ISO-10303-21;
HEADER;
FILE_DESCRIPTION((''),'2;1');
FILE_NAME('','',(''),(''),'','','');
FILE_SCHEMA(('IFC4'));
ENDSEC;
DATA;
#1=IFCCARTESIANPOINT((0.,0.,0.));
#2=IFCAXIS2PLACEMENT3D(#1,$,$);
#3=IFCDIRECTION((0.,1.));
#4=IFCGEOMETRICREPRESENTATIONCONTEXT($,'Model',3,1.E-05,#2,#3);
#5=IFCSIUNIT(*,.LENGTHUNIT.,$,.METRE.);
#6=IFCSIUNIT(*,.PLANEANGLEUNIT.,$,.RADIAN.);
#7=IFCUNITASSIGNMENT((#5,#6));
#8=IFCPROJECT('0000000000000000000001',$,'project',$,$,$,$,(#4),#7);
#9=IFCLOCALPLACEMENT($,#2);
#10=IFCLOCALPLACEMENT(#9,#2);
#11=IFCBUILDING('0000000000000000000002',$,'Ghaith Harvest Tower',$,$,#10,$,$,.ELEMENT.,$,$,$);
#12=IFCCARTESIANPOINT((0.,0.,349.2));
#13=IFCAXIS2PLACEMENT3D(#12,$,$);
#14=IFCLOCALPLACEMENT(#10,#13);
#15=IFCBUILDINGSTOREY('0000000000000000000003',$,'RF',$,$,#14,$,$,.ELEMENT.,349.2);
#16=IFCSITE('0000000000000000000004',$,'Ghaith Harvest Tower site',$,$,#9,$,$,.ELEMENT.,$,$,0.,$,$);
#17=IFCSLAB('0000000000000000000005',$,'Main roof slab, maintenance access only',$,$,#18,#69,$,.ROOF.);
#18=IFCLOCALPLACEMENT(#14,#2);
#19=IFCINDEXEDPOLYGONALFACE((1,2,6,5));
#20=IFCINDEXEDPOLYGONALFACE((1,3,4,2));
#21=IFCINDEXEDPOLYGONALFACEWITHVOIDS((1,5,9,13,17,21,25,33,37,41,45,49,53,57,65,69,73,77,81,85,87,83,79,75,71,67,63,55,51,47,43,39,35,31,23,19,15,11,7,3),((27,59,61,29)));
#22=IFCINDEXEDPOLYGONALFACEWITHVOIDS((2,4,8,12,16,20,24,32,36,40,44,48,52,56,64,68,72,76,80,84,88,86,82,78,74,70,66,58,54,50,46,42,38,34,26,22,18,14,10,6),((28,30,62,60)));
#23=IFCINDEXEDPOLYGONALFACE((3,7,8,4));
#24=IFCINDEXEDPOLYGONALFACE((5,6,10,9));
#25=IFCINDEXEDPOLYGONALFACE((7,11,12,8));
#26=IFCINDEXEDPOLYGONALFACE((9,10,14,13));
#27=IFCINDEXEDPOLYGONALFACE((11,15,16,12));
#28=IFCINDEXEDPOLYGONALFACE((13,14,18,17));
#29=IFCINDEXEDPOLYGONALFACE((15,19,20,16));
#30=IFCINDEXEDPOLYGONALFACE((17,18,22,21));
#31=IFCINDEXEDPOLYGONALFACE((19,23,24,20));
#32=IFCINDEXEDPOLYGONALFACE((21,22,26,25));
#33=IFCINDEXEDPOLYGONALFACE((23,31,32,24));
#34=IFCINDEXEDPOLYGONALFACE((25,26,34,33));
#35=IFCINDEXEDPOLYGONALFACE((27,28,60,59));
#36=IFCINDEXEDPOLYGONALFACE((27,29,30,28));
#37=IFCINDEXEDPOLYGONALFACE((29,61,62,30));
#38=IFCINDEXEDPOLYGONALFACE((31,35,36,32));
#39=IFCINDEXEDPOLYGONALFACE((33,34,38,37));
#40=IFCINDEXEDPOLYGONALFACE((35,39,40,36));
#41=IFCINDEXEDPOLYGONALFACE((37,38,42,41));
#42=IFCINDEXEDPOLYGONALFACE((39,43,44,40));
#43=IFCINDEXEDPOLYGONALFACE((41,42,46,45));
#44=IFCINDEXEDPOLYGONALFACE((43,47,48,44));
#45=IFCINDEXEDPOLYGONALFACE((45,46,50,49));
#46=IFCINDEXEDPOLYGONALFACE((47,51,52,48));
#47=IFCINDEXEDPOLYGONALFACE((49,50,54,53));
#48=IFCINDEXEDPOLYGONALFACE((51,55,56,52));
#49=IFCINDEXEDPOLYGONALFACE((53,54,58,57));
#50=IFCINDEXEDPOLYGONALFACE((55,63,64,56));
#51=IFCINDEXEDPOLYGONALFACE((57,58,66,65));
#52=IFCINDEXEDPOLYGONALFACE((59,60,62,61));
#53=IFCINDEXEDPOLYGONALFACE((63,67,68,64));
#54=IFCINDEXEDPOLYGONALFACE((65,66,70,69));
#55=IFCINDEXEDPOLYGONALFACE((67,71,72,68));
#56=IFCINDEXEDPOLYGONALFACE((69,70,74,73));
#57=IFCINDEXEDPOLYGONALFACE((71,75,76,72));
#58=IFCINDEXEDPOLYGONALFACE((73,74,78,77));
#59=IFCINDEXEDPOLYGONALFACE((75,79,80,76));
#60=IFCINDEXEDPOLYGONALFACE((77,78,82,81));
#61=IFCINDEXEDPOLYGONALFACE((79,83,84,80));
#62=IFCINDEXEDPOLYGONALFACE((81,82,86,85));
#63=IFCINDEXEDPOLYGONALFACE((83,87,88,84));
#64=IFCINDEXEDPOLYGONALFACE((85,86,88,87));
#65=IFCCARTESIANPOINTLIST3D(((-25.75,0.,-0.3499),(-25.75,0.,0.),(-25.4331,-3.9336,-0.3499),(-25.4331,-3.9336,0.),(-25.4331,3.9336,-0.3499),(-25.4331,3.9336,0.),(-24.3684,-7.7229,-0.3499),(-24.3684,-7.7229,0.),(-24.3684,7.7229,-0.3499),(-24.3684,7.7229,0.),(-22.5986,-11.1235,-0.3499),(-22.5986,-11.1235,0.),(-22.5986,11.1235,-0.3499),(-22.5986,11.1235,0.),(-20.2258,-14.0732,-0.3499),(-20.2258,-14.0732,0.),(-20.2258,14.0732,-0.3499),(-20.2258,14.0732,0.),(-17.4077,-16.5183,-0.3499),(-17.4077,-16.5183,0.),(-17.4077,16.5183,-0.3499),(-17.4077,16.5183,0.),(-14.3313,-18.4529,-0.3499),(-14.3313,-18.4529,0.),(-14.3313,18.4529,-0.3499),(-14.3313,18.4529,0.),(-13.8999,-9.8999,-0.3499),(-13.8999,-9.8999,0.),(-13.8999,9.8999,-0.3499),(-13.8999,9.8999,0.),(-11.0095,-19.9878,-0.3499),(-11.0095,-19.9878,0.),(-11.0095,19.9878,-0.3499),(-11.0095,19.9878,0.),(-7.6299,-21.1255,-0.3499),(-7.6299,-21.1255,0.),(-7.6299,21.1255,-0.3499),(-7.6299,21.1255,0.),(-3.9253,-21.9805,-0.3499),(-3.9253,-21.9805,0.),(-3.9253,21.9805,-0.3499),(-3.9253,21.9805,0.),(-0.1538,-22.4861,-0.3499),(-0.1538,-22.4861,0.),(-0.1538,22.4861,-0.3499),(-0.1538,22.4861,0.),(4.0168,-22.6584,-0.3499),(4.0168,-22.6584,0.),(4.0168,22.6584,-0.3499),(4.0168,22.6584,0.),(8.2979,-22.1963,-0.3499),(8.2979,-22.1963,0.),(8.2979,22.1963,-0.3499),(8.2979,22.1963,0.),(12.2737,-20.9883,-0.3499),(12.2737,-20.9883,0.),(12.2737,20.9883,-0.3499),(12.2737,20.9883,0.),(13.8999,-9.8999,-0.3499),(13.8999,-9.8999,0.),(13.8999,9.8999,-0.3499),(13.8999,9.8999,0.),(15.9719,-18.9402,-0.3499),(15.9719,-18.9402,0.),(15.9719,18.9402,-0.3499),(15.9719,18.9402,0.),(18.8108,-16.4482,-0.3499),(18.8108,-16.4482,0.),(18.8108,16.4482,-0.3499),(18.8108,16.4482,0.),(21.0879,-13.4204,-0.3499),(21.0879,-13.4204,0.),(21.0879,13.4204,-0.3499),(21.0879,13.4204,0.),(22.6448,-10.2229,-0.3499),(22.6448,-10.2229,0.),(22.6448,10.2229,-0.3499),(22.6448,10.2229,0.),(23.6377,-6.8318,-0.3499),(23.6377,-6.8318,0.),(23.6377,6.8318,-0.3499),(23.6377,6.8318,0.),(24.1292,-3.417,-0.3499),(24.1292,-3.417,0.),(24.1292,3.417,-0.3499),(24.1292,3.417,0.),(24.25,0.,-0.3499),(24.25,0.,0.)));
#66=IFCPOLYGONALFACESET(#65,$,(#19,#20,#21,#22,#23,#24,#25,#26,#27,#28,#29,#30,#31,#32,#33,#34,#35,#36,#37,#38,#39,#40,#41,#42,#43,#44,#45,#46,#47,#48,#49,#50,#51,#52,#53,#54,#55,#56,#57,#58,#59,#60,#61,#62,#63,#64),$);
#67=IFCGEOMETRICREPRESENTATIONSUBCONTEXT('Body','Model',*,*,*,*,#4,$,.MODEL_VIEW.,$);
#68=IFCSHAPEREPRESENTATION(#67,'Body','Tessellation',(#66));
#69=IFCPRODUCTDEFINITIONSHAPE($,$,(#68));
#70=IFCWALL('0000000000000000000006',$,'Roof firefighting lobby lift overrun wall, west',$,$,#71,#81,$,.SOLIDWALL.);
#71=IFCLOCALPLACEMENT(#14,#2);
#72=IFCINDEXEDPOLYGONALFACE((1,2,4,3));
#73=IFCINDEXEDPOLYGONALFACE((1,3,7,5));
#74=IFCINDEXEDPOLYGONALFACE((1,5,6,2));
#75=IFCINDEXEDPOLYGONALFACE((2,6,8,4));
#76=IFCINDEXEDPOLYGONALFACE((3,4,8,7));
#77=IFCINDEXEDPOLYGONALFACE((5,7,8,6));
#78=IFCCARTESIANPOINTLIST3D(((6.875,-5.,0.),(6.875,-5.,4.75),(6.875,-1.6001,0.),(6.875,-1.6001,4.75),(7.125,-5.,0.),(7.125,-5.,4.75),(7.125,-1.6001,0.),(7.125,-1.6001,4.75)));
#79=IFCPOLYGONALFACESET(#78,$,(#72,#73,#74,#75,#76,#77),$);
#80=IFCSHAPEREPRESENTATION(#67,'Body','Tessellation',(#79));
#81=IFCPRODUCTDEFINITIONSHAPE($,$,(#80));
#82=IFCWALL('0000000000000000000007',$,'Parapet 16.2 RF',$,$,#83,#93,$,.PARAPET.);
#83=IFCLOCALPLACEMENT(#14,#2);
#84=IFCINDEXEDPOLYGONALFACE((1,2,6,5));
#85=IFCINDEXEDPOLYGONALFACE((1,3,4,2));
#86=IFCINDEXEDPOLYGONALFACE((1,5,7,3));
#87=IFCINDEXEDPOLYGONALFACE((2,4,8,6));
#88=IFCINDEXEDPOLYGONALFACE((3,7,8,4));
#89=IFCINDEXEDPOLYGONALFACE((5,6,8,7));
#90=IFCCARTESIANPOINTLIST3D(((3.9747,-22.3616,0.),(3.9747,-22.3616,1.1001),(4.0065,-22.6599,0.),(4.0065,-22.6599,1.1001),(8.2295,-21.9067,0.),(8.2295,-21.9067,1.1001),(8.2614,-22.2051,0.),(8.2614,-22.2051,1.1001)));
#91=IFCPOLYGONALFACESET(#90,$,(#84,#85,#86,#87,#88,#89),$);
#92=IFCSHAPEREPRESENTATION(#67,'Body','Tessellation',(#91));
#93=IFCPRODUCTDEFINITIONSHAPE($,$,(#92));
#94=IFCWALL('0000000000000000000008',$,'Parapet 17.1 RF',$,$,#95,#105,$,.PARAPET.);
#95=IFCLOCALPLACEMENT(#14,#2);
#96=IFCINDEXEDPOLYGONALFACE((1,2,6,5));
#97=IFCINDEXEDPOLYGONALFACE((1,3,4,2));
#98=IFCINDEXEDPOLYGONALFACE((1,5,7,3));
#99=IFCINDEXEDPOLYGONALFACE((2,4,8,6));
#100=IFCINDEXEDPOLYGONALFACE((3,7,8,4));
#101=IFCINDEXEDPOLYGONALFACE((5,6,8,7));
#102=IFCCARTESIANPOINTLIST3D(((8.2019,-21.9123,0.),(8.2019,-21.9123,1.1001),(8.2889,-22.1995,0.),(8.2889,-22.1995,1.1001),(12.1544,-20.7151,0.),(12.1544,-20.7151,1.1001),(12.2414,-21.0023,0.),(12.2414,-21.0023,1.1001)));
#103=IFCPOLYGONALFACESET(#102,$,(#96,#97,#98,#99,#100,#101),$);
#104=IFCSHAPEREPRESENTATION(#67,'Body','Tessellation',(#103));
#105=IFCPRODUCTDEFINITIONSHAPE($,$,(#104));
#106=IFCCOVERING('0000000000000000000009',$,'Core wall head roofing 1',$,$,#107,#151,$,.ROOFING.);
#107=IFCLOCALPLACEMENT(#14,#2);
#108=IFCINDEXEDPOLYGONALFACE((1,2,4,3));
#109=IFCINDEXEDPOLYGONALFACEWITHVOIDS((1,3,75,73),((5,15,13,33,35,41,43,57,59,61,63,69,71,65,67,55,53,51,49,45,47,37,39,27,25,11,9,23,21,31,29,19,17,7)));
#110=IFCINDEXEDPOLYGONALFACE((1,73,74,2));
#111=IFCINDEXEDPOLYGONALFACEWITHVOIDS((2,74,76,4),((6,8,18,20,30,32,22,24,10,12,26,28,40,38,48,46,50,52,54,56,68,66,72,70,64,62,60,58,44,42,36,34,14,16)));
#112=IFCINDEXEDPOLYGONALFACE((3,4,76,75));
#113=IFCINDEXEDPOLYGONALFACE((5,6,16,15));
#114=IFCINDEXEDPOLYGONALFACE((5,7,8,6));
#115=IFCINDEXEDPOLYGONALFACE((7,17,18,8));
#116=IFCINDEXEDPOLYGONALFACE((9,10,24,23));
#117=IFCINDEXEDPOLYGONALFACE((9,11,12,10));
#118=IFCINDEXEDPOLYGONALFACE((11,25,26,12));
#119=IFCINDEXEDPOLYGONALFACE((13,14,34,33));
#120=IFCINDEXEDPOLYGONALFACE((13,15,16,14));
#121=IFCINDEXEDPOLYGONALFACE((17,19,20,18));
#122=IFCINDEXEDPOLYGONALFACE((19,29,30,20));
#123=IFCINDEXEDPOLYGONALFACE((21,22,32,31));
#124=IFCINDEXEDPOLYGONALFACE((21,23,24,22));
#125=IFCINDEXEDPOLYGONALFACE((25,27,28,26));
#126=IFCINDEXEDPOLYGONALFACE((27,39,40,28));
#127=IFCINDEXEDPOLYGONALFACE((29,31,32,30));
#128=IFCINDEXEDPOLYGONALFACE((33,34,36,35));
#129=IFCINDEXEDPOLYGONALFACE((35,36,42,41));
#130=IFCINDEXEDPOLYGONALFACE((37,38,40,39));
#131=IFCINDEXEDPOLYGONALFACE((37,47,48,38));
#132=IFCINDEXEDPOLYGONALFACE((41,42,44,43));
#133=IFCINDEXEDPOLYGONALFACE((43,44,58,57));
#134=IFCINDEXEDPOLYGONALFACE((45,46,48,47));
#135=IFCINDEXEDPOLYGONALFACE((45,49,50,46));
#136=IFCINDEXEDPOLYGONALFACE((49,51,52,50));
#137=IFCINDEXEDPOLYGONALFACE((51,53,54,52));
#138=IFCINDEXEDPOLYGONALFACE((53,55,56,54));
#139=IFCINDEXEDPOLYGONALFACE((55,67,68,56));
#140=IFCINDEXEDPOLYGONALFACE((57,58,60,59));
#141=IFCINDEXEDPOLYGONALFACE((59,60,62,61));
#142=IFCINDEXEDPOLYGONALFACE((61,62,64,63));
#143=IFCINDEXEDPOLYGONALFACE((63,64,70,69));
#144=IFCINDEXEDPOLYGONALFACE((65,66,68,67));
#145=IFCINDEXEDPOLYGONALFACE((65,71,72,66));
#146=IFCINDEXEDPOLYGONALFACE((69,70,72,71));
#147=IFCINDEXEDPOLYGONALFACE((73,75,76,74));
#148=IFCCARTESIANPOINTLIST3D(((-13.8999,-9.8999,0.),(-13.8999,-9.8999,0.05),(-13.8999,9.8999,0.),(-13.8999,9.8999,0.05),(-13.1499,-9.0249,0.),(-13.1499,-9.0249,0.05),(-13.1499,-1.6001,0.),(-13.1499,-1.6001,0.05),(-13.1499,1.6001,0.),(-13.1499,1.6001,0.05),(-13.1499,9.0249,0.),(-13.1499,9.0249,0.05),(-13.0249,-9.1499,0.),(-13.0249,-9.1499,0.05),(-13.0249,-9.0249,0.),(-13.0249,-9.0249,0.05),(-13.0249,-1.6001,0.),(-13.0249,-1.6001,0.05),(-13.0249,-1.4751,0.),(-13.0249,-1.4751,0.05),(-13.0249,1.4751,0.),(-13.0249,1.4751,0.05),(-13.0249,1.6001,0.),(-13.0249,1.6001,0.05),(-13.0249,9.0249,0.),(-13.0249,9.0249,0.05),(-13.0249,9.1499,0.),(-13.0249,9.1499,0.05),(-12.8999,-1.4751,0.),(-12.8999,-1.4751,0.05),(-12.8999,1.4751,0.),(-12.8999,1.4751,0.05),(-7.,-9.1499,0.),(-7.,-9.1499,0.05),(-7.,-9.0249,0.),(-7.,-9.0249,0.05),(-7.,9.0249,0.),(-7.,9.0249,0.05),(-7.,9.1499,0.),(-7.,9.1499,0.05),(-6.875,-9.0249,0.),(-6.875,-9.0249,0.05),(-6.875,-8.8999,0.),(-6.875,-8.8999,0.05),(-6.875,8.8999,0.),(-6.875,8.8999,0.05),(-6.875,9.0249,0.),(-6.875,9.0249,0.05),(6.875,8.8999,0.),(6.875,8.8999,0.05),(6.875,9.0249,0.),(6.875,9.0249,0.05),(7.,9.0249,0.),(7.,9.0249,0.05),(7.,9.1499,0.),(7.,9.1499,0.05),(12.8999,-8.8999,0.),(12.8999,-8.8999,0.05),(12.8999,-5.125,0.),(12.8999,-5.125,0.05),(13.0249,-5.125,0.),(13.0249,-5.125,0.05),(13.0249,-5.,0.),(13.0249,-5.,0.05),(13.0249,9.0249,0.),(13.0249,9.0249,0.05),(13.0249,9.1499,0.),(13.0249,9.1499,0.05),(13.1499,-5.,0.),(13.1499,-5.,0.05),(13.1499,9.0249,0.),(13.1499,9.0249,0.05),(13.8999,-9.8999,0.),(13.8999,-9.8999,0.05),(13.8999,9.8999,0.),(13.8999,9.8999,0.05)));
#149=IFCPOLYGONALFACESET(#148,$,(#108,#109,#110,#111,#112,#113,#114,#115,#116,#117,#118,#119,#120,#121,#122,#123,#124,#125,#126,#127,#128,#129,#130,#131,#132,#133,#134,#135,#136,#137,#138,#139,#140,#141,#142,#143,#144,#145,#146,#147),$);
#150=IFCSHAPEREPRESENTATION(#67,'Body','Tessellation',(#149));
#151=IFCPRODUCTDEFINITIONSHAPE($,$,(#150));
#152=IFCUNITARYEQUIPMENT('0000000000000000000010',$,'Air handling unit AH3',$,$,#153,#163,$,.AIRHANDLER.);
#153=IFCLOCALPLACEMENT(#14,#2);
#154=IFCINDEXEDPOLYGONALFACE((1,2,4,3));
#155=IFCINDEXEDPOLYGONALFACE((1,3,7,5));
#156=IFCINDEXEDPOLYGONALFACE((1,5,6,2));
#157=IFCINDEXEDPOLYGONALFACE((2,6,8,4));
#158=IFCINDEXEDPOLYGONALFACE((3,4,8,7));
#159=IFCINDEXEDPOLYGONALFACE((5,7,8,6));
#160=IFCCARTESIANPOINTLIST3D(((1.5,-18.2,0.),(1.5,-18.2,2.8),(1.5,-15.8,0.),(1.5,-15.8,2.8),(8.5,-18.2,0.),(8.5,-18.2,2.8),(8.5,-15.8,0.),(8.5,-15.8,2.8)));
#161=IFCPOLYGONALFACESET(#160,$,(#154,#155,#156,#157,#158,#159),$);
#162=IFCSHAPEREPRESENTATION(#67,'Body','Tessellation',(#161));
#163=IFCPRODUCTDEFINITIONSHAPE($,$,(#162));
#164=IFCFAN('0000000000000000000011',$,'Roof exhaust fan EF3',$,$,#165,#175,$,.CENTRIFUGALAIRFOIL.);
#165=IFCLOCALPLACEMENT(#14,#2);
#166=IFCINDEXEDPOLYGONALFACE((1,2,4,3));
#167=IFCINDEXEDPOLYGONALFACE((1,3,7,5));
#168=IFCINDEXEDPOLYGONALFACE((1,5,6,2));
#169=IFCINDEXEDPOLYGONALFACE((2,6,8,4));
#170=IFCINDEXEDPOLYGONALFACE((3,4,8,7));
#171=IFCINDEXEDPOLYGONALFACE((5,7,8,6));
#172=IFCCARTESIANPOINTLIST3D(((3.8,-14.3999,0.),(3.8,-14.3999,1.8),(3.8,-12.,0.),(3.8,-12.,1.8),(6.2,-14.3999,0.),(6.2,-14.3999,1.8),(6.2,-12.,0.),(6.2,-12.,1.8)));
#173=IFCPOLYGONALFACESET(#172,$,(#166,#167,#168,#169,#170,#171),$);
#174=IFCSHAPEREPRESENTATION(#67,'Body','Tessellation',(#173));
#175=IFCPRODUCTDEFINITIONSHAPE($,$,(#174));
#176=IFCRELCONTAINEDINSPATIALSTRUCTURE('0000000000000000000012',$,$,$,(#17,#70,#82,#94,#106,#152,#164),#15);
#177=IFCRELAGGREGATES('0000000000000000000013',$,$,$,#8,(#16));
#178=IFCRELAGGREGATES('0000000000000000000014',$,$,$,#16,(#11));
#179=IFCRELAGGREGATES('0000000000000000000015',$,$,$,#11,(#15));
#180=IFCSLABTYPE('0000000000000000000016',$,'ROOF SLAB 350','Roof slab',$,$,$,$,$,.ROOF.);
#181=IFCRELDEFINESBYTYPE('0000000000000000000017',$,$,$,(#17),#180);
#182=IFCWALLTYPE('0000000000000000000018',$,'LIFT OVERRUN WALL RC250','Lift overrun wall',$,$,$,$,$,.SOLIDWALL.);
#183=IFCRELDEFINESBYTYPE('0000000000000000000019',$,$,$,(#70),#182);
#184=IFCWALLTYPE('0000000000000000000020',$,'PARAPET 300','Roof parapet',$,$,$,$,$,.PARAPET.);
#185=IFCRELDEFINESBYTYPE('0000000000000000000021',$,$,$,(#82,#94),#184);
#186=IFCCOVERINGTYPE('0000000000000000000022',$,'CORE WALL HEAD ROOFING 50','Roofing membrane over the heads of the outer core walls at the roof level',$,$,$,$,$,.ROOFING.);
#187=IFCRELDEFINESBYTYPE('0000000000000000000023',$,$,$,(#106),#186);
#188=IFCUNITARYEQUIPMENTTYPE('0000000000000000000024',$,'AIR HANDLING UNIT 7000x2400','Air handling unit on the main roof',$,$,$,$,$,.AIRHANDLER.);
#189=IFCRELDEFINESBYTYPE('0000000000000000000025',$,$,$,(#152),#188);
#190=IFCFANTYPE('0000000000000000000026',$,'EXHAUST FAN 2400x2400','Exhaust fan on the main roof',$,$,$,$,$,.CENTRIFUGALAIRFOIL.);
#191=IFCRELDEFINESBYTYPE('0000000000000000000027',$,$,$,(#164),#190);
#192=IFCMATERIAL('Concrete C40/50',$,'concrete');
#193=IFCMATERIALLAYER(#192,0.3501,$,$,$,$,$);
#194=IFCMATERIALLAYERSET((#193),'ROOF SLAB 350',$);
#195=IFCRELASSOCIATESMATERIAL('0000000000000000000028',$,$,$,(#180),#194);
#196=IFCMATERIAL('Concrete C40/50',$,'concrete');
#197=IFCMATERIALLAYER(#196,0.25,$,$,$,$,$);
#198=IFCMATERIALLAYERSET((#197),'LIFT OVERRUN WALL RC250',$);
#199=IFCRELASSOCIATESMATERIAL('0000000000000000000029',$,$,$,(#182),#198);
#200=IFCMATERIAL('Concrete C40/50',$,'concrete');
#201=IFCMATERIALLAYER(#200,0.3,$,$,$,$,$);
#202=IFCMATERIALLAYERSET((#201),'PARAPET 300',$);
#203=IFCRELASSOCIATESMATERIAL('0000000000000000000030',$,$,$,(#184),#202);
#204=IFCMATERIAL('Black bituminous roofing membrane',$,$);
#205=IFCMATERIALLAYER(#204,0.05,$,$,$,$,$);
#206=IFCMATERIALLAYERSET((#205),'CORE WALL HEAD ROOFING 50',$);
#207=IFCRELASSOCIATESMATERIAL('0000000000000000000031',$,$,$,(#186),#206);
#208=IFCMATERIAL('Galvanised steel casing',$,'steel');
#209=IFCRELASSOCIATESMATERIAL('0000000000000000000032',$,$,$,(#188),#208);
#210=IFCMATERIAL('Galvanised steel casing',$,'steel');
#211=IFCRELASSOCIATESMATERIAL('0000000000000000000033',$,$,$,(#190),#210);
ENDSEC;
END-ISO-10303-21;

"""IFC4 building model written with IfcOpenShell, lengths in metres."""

from ifc_helpers import new_model, si_unit, direction, frame, frame_2d, origin, origin_2d, place, context, subcontext, project, spatial, polyline, rectangle, outline, extrude, material, layer, layer_set, type_object, element, save


model = new_model("IFC4")

# Units and contexts
model_context = context("Model", 3, precision=1e-05, world=origin(), true_north=direction((0.0, 1.0)))
body_context = subcontext(model_context, "Body", "Model", "MODEL_VIEW")
ifc_project = project(units=[si_unit("LENGTHUNIT", "METRE"), si_unit("PLANEANGLEUNIT", "RADIAN")], contexts=[model_context])

# Site, building, storey
site_placement = place(None, origin())
site = spatial("IfcSite", under=ifc_project, at=site_placement, Name="Ghaith Harvest Tower site", CompositionType="ELEMENT", RefElevation=0.0)
building_placement = place(site_placement, origin())
building = spatial("IfcBuilding", under=site, at=building_placement, Name="Ghaith Harvest Tower", CompositionType="ELEMENT")
storey_placement = place(building_placement, frame((0.0, 0.0, 349.2)))
storey = spatial("IfcBuildingStorey", under=building, at=storey_placement, Name="RF", CompositionType="ELEMENT", Elevation=349.2)

# Slab
ifc_material_1 = material(Name="Concrete C40/50", Category="concrete")
ifc_layer_1 = layer(ifc_material_1, 0.3501)
ifc_layer_set_1 = layer_set([ifc_layer_1], Name="ROOF SLAB 350")
slab_type_1 = type_object("IfcSlabType", Name="ROOF SLAB 350", Description="Roof slab", PredefinedType="ROOF", material=ifc_layer_set_1)
slab_1_placement = place(storey_placement, frame((0.0, 0.0, -0.3499)))
element("IfcSlab", 1, at=slab_1_placement, inside=storey, type_object=slab_type_1, Name="Main roof slab, maintenance access only", PredefinedType="ROOF", context=body_context, shape_type="SweptSolid", body=[
    extrude(outline(polyline([(24.25, 0.0), (24.1292, 3.417), (23.6377, 6.8318), (22.6448, 10.2229), (21.0879, 13.4204), (18.8108, 16.4482), (15.9719, 18.9402), (12.2737, 20.9883), (8.2979, 22.1963), (4.0168, 22.6584), (-0.1538, 22.4861), (-3.9253, 21.9805), (-7.6299, 21.1255), (-11.0095, 19.9878), (-14.3313, 18.4529), (-17.4077, 16.5183), (-20.2258, 14.0732), (-22.5986, 11.1235), (-24.3684, 7.7229), (-25.4331, 3.9336), (-25.75, 0.0), (-25.4331, -3.9336), (-24.3684, -7.7229), (-22.5986, -11.1235), (-20.2258, -14.0732), (-17.4077, -16.5183), (-14.3313, -18.4529), (-11.0095, -19.9878), (-7.6299, -21.1255), (-3.9253, -21.9805), (-0.1538, -22.4861), (4.0168, -22.6584), (8.2979, -22.1963), (12.2737, -20.9883), (15.9719, -18.9402), (18.8108, -16.4482), (21.0879, -13.4204), (22.6448, -10.2229), (23.6377, -6.8318), (24.1292, -3.417), (24.25, 0.0)]), holes=[polyline([(-13.8999, -9.8999), (13.8999, -9.8999), (13.8999, 9.8999), (-13.8999, 9.8999), (-13.8999, -9.8999)])]), origin(), (0.0, 0.0, 1.0), 0.3499),
])

# Shared definitions
ifc_material_2 = material(Name="Concrete C40/50", Category="concrete")
ifc_layer_2 = layer(ifc_material_2, 0.25)
ifc_layer_set_2 = layer_set([ifc_layer_2], Name="LIFT OVERRUN WALL RC250")
wall_type_1 = type_object("IfcWallType", Name="LIFT OVERRUN WALL RC250", Description="Lift overrun wall", PredefinedType="SOLIDWALL", material=ifc_layer_set_2)

# Walls
wall_1_placement = place(storey_placement, frame((7.0, -5.0, 0.0), z_axis=(0.0, 0.0, 1.0), x_axis=(0.0, 1.0, 0.0)))
element("IfcWall", 2, at=wall_1_placement, inside=storey, type_object=wall_type_1, Name="Roof firefighting lobby lift overrun wall, west", PredefinedType="SOLIDWALL", context=body_context, shape_type="SweptSolid", body=[
    extrude(rectangle(XDim=3.3999, YDim=0.25, at=frame_2d((1.7, 0.0))), origin(), (0.0, 0.0, 1.0), 4.75),
])
ifc_material_3 = material(Name="Concrete C40/50", Category="concrete")
ifc_layer_3 = layer(ifc_material_3, 0.3)
ifc_layer_set_3 = layer_set([ifc_layer_3], Name="PARAPET 300")
wall_type_2 = type_object("IfcWallType", Name="PARAPET 300", Description="Roof parapet", PredefinedType="PARAPET", material=ifc_layer_set_3)
wall_2_placement = place(storey_placement, frame((3.9905, -22.5107, 0.0), z_axis=(0.0, 0.0, 1.0), x_axis=(0.994335, 0.106291, 0.0)))
element("IfcWall", 3, at=wall_2_placement, inside=storey, type_object=wall_type_2, Name="Parapet 16.2 RF", PredefinedType="PARAPET", context=body_context, shape_type="SweptSolid", body=[
    extrude(rectangle(XDim=4.2791, YDim=0.3, at=frame_2d((2.1396, 0.0))), origin(), (0.0, 0.0, 1.0), 1.1001),
])
wall_3_placement = place(storey_placement, frame((8.2454, -22.0559, 0.0), z_axis=(0.0, 0.0, 1.0), x_axis=(0.957058, 0.289896, 0.0)))
element("IfcWall", 4, at=wall_3_placement, inside=storey, type_object=wall_type_2, Name="Parapet 17.1 RF", PredefinedType="PARAPET", context=body_context, shape_type="SweptSolid", body=[
    extrude(rectangle(XDim=4.1299, YDim=0.3, at=frame_2d((2.0649, 0.0))), origin(), (0.0, 0.0, 1.0), 1.1001),
])

# Covering
ifc_material_4 = material(Name="Black bituminous roofing membrane")
ifc_layer_4 = layer(ifc_material_4, 0.05)
ifc_layer_set_4 = layer_set([ifc_layer_4], Name="CORE WALL HEAD ROOFING 50")
covering_type = type_object("IfcCoveringType", Name="CORE WALL HEAD ROOFING 50", Description="Roofing membrane over the heads of the outer core walls at the roof level", PredefinedType="ROOFING", material=ifc_layer_set_4)
covering_placement = place(storey_placement, origin())
element("IfcCovering", 5, at=covering_placement, inside=storey, type_object=covering_type, Name="Core wall head roofing 1", PredefinedType="ROOFING", context=body_context, shape_type="SweptSolid", body=[
    extrude(outline(polyline([(-13.8999, 9.8999), (13.8999, 9.8999), (13.8999, -9.8999), (-13.8999, -9.8999), (-13.8999, 9.8999)]), holes=[polyline([(-13.0249, -9.0249), (-13.0249, -9.1499), (-7.0, -9.1499), (-7.0, -9.0249), (-6.875, -9.0249), (-6.875, -8.8999), (12.8999, -8.8999), (12.8999, -5.125), (13.0249, -5.125), (13.0249, -5.0), (13.1499, -5.0), (13.1499, 9.0249), (13.0249, 9.0249), (13.0249, 9.1499), (7.0, 9.1499), (7.0, 9.0249), (6.875, 9.0249), (6.875, 8.8999), (-6.875, 8.8999), (-6.875, 9.0249), (-7.0, 9.0249), (-7.0, 9.1499), (-13.0249, 9.1499), (-13.0249, 9.0249), (-13.1499, 9.0249), (-13.1499, 1.6001), (-13.0249, 1.6001), (-13.0249, 1.4751), (-12.8999, 1.4751), (-12.8999, -1.4751), (-13.0249, -1.4751), (-13.0249, -1.6001), (-13.1499, -1.6001), (-13.1499, -9.0249), (-13.0249, -9.0249)])]), origin(), (0.0, 0.0, 1.0), 0.05),
])

# Unitary equipment
ifc_material_5 = material(Name="Galvanised steel casing", Category="steel")
unitary_equipment_type = type_object("IfcUnitaryEquipmentType", Name="AIR HANDLING UNIT 7000x2400", Description="Air handling unit on the main roof", PredefinedType="AIRHANDLER", material=ifc_material_5)
unitary_equipment_placement = place(storey_placement, frame((5.0, -17.0, 0.0), z_axis=(0.0, 0.0, 1.0), x_axis=(1.0, 0.0, 0.0)))
element("IfcUnitaryEquipment", 6, at=unitary_equipment_placement, inside=storey, type_object=unitary_equipment_type, Name="Air handling unit AH3", PredefinedType="AIRHANDLER", context=body_context, shape_type="SweptSolid", body=[
    extrude(rectangle(XDim=7.0, YDim=2.3999, at=origin_2d()), origin(), (0.0, 0.0, 1.0), 2.8),
])

# Fan
ifc_material_6 = material(Name="Galvanised steel casing", Category="steel")
fan_type = type_object("IfcFanType", Name="EXHAUST FAN 2400x2400", Description="Exhaust fan on the main roof", PredefinedType="CENTRIFUGALAIRFOIL", material=ifc_material_6)
fan_placement = place(storey_placement, frame((5.0, -13.2, 0.0), z_axis=(0.0, 0.0, 1.0), x_axis=(1.0, 0.0, 0.0)))
element("IfcFan", 7, at=fan_placement, inside=storey, type_object=fan_type, Name="Roof exhaust fan EF3", PredefinedType="CENTRIFUGALAIRFOIL", context=body_context, shape_type="SweptSolid", body=[
    extrude(rectangle(XDim=2.3999, YDim=2.3999, at=origin_2d()), origin(), (0.0, 0.0, 1.0), 1.8),
])

save(model, "model.ifc")
